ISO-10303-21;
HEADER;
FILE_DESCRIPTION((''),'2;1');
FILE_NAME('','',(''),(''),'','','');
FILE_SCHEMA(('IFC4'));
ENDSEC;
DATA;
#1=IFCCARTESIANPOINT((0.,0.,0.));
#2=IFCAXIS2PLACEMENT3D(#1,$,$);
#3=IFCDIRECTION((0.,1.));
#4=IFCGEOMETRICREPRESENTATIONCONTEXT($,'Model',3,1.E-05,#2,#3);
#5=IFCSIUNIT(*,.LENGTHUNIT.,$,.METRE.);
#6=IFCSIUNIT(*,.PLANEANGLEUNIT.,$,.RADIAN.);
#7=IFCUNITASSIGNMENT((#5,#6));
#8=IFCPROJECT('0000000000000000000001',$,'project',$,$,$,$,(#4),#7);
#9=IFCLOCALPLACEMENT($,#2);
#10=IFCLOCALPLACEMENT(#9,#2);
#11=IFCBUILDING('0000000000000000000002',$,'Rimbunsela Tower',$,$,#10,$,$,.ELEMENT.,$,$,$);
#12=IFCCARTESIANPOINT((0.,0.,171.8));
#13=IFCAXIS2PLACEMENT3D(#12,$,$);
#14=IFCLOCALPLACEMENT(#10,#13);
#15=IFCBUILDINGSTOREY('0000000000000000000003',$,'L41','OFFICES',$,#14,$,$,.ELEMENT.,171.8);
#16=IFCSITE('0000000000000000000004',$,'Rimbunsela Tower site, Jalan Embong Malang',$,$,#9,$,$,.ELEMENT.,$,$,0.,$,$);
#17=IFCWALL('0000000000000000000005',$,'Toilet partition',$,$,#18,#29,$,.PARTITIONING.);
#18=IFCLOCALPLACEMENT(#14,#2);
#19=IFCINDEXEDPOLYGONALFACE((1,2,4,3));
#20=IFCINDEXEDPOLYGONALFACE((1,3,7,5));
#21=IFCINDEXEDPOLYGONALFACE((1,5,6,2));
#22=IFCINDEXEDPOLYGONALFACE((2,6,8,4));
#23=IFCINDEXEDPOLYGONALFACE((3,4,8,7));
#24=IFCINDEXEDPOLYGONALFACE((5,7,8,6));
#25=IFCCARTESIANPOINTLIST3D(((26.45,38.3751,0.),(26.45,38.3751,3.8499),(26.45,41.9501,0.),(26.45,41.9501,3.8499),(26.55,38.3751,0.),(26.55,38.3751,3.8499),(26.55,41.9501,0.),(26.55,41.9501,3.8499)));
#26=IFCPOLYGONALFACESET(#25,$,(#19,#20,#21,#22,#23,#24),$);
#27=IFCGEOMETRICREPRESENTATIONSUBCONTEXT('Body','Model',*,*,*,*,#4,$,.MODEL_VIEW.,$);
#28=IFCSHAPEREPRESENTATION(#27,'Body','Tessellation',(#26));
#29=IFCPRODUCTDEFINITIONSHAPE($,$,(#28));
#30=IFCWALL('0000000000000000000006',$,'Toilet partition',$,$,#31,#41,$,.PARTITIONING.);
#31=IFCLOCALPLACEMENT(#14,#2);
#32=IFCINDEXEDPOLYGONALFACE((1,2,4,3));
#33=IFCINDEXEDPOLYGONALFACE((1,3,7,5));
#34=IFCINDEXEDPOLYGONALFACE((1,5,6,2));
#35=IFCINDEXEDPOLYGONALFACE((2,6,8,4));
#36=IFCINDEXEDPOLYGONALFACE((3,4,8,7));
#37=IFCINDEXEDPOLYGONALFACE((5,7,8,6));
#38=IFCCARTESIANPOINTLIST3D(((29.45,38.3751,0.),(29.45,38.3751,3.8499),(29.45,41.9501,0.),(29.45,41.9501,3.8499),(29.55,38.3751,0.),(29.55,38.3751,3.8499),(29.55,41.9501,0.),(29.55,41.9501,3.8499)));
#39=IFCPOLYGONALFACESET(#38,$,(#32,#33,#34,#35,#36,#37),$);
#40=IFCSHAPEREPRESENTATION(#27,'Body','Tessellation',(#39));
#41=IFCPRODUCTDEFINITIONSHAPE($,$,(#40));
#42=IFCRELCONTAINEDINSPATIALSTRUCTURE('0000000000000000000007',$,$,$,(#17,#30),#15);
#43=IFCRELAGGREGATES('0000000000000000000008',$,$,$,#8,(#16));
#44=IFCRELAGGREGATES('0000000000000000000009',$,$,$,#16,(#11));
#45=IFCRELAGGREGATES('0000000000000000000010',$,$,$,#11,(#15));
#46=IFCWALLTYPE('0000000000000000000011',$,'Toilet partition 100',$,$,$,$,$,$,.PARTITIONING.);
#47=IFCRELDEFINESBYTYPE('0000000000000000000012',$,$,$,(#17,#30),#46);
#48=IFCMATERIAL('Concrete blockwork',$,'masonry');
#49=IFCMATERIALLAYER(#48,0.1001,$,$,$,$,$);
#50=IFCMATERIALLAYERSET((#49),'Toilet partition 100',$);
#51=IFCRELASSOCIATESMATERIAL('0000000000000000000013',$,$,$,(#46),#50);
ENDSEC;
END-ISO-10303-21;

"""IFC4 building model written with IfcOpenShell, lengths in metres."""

from ifc_helpers import new_model, si_unit, direction, frame, frame_2d, origin, place, context, subcontext, project, spatial, rectangle, extrude, material, layer, layer_set, type_object, element, save


model = new_model("IFC4")

# Units and contexts
model_context = context("Model", 3, precision=1e-05, world=origin(), true_north=direction((0.0, 1.0)))
body_context = subcontext(model_context, "Body", "Model", "MODEL_VIEW")
ifc_project = project(units=[si_unit("LENGTHUNIT", "METRE"), si_unit("PLANEANGLEUNIT", "RADIAN")], contexts=[model_context])

# Site, building, storey
site_placement = place(None, origin())
site = spatial("IfcSite", under=ifc_project, at=site_placement, Name="Rimbunsela Tower site, Jalan Embong Malang", CompositionType="ELEMENT", RefElevation=0.0)
building_placement = place(site_placement, origin())
building = spatial("IfcBuilding", under=site, at=building_placement, Name="Rimbunsela Tower", CompositionType="ELEMENT")
storey_placement = place(building_placement, frame((0.0, 0.0, 171.8)))
storey = spatial("IfcBuildingStorey", under=building, at=storey_placement, Name="L41", Description="OFFICES", CompositionType="ELEMENT", Elevation=171.8)

# Walls
ifc_material_1 = material(Name="Concrete blockwork", Category="masonry")
ifc_layer_1 = layer(ifc_material_1, 0.1001)
ifc_layer_set_1 = layer_set([ifc_layer_1], Name="Toilet partition 100")
wall_type_1 = type_object("IfcWallType", Name="Toilet partition 100", PredefinedType="PARTITIONING", material=ifc_layer_set_1)
for number, where, z_axis, x_axis, name in (
    (1, (26.5, 38.375, 0.0), (0.0, 0.0, 1.0), (0.0, 1.0, 0.0), "Toilet partition"),
    (2, (29.5, 38.375, 0.0), (0.0, 0.0, 1.0), (0.0, 1.0, 0.0), "Toilet partition"),
):
    element("IfcWall", number, at=place(storey_placement, frame(where, z_axis=z_axis, x_axis=x_axis)), inside=storey, type_object=wall_type_1, Name=name, PredefinedType="PARTITIONING", context=body_context, shape_type="SweptSolid", body=[
        extrude(rectangle(XDim=3.575, YDim=0.1001, at=frame_2d((1.7876, 0.0))), origin(), (0.0, 0.0, 1.0), 3.8499),
    ])

save(model, "model.ifc")
